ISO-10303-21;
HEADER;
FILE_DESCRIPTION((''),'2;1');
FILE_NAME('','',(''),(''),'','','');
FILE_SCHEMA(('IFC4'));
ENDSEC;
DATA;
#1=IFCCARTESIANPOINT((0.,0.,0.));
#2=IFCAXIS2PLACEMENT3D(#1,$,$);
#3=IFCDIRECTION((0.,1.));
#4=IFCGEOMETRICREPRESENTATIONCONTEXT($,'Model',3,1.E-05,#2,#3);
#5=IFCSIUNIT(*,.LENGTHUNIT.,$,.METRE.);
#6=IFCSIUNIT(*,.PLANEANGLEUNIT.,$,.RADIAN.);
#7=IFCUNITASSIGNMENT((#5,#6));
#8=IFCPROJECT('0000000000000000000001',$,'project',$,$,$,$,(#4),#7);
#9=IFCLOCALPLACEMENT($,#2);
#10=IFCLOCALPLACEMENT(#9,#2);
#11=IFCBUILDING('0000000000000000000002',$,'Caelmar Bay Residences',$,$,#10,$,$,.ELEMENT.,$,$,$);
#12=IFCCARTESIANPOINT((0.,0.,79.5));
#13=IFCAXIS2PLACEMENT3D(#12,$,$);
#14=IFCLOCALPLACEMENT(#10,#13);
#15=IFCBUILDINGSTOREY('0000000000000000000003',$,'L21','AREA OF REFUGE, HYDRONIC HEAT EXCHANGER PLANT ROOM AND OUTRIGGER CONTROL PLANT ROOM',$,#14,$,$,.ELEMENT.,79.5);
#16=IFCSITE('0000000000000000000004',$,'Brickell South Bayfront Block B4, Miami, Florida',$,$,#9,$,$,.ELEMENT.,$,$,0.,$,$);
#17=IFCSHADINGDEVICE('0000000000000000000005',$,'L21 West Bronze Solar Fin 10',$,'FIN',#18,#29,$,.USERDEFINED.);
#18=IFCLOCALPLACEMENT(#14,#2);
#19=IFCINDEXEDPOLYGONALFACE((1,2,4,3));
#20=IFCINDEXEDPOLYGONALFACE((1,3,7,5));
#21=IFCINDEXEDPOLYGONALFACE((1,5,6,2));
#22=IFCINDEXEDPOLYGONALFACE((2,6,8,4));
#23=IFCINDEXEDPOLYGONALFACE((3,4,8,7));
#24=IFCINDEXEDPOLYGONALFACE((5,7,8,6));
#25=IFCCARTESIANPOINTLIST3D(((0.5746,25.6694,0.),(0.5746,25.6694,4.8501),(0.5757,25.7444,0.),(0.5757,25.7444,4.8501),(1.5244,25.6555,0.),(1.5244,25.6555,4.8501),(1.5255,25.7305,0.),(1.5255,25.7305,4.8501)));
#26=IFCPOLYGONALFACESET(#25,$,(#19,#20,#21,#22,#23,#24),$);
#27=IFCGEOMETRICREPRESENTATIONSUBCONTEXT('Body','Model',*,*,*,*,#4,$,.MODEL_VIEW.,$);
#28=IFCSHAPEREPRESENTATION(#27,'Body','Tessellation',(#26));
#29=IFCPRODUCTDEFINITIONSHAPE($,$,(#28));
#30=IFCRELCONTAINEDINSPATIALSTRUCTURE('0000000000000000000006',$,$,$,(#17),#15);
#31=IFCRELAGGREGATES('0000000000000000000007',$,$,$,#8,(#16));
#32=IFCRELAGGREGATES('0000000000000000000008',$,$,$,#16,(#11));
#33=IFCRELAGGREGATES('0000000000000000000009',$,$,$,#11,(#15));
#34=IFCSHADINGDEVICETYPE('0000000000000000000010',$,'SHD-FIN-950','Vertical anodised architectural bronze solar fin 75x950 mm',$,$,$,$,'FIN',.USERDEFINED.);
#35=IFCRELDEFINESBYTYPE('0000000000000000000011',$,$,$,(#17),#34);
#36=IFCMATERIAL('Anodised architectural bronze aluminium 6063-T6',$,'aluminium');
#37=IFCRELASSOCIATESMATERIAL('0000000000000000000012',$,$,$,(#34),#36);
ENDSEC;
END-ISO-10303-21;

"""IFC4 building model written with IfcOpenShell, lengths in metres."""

from ifc_helpers import new_model, si_unit, direction, frame, origin, origin_2d, place, context, subcontext, project, spatial, rectangle, extrude, material, material_profile, profile_set, type_object, element, save


model = new_model("IFC4")

# Units and contexts
model_context = context("Model", 3, precision=1e-05, world=origin(), true_north=direction((0.0, 1.0)))
body_context = subcontext(model_context, "Body", "Model", "MODEL_VIEW")
ifc_project = project(units=[si_unit("LENGTHUNIT", "METRE"), si_unit("PLANEANGLEUNIT", "RADIAN")], contexts=[model_context])

# Site, building, storey
site_placement = place(None, origin())
site = spatial("IfcSite", under=ifc_project, at=site_placement, Name="Brickell South Bayfront Block B4, Miami, Florida", CompositionType="ELEMENT", RefElevation=0.0)
building_placement = place(site_placement, origin())
building = spatial("IfcBuilding", under=site, at=building_placement, Name="Caelmar Bay Residences", CompositionType="ELEMENT")
storey_placement = place(building_placement, frame((0.0, 0.0, 79.5)))
storey = spatial("IfcBuildingStorey", under=building, at=storey_placement, Name="L21", Description="AREA OF REFUGE, HYDRONIC HEAT EXCHANGER PLANT ROOM AND OUTRIGGER CONTROL PLANT ROOM", CompositionType="ELEMENT", Elevation=79.5)

# Shading device
ifc_material_1 = material(Name="Anodised architectural bronze aluminium 6063-T6", Category="aluminium")
ifc_material_profile_1 = material_profile(ifc_material_1, rectangle(XDim=0.075, YDim=0.95, at=origin_2d()), Name="BRONZE-FIN-75X950")
ifc_profile_set_1 = profile_set([ifc_material_profile_1], Name="Anodised architectural bronze aluminium 6063-T6")
shading_device_type = type_object("IfcShadingDeviceType", Name="SHD-FIN-950", Description="Vertical anodised architectural bronze solar fin 75x950 mm", ElementType="FIN", PredefinedType="USERDEFINED", material=ifc_profile_set_1)
for number, where, z_axis, x_axis, name in (
    (1, (1.05, 25.7, 0.0), (0.0, 0.0, 1.0), (0.01466, 0.999893, 0.0), "L21 West Bronze Solar Fin 10"),
):
    element("IfcShadingDevice", number, at=place(storey_placement, frame(where, z_axis=z_axis, x_axis=x_axis)), inside=storey, type_object=shading_device_type, Name=name, ObjectType="FIN", PredefinedType="USERDEFINED", context=body_context, shape_type="SweptSolid", body=[
        extrude(rectangle(XDim=0.075, YDim=0.95, at=origin_2d()), origin(), (0.0, 0.0, 1.0), 4.8501),
    ])

save(model, "model.ifc")
